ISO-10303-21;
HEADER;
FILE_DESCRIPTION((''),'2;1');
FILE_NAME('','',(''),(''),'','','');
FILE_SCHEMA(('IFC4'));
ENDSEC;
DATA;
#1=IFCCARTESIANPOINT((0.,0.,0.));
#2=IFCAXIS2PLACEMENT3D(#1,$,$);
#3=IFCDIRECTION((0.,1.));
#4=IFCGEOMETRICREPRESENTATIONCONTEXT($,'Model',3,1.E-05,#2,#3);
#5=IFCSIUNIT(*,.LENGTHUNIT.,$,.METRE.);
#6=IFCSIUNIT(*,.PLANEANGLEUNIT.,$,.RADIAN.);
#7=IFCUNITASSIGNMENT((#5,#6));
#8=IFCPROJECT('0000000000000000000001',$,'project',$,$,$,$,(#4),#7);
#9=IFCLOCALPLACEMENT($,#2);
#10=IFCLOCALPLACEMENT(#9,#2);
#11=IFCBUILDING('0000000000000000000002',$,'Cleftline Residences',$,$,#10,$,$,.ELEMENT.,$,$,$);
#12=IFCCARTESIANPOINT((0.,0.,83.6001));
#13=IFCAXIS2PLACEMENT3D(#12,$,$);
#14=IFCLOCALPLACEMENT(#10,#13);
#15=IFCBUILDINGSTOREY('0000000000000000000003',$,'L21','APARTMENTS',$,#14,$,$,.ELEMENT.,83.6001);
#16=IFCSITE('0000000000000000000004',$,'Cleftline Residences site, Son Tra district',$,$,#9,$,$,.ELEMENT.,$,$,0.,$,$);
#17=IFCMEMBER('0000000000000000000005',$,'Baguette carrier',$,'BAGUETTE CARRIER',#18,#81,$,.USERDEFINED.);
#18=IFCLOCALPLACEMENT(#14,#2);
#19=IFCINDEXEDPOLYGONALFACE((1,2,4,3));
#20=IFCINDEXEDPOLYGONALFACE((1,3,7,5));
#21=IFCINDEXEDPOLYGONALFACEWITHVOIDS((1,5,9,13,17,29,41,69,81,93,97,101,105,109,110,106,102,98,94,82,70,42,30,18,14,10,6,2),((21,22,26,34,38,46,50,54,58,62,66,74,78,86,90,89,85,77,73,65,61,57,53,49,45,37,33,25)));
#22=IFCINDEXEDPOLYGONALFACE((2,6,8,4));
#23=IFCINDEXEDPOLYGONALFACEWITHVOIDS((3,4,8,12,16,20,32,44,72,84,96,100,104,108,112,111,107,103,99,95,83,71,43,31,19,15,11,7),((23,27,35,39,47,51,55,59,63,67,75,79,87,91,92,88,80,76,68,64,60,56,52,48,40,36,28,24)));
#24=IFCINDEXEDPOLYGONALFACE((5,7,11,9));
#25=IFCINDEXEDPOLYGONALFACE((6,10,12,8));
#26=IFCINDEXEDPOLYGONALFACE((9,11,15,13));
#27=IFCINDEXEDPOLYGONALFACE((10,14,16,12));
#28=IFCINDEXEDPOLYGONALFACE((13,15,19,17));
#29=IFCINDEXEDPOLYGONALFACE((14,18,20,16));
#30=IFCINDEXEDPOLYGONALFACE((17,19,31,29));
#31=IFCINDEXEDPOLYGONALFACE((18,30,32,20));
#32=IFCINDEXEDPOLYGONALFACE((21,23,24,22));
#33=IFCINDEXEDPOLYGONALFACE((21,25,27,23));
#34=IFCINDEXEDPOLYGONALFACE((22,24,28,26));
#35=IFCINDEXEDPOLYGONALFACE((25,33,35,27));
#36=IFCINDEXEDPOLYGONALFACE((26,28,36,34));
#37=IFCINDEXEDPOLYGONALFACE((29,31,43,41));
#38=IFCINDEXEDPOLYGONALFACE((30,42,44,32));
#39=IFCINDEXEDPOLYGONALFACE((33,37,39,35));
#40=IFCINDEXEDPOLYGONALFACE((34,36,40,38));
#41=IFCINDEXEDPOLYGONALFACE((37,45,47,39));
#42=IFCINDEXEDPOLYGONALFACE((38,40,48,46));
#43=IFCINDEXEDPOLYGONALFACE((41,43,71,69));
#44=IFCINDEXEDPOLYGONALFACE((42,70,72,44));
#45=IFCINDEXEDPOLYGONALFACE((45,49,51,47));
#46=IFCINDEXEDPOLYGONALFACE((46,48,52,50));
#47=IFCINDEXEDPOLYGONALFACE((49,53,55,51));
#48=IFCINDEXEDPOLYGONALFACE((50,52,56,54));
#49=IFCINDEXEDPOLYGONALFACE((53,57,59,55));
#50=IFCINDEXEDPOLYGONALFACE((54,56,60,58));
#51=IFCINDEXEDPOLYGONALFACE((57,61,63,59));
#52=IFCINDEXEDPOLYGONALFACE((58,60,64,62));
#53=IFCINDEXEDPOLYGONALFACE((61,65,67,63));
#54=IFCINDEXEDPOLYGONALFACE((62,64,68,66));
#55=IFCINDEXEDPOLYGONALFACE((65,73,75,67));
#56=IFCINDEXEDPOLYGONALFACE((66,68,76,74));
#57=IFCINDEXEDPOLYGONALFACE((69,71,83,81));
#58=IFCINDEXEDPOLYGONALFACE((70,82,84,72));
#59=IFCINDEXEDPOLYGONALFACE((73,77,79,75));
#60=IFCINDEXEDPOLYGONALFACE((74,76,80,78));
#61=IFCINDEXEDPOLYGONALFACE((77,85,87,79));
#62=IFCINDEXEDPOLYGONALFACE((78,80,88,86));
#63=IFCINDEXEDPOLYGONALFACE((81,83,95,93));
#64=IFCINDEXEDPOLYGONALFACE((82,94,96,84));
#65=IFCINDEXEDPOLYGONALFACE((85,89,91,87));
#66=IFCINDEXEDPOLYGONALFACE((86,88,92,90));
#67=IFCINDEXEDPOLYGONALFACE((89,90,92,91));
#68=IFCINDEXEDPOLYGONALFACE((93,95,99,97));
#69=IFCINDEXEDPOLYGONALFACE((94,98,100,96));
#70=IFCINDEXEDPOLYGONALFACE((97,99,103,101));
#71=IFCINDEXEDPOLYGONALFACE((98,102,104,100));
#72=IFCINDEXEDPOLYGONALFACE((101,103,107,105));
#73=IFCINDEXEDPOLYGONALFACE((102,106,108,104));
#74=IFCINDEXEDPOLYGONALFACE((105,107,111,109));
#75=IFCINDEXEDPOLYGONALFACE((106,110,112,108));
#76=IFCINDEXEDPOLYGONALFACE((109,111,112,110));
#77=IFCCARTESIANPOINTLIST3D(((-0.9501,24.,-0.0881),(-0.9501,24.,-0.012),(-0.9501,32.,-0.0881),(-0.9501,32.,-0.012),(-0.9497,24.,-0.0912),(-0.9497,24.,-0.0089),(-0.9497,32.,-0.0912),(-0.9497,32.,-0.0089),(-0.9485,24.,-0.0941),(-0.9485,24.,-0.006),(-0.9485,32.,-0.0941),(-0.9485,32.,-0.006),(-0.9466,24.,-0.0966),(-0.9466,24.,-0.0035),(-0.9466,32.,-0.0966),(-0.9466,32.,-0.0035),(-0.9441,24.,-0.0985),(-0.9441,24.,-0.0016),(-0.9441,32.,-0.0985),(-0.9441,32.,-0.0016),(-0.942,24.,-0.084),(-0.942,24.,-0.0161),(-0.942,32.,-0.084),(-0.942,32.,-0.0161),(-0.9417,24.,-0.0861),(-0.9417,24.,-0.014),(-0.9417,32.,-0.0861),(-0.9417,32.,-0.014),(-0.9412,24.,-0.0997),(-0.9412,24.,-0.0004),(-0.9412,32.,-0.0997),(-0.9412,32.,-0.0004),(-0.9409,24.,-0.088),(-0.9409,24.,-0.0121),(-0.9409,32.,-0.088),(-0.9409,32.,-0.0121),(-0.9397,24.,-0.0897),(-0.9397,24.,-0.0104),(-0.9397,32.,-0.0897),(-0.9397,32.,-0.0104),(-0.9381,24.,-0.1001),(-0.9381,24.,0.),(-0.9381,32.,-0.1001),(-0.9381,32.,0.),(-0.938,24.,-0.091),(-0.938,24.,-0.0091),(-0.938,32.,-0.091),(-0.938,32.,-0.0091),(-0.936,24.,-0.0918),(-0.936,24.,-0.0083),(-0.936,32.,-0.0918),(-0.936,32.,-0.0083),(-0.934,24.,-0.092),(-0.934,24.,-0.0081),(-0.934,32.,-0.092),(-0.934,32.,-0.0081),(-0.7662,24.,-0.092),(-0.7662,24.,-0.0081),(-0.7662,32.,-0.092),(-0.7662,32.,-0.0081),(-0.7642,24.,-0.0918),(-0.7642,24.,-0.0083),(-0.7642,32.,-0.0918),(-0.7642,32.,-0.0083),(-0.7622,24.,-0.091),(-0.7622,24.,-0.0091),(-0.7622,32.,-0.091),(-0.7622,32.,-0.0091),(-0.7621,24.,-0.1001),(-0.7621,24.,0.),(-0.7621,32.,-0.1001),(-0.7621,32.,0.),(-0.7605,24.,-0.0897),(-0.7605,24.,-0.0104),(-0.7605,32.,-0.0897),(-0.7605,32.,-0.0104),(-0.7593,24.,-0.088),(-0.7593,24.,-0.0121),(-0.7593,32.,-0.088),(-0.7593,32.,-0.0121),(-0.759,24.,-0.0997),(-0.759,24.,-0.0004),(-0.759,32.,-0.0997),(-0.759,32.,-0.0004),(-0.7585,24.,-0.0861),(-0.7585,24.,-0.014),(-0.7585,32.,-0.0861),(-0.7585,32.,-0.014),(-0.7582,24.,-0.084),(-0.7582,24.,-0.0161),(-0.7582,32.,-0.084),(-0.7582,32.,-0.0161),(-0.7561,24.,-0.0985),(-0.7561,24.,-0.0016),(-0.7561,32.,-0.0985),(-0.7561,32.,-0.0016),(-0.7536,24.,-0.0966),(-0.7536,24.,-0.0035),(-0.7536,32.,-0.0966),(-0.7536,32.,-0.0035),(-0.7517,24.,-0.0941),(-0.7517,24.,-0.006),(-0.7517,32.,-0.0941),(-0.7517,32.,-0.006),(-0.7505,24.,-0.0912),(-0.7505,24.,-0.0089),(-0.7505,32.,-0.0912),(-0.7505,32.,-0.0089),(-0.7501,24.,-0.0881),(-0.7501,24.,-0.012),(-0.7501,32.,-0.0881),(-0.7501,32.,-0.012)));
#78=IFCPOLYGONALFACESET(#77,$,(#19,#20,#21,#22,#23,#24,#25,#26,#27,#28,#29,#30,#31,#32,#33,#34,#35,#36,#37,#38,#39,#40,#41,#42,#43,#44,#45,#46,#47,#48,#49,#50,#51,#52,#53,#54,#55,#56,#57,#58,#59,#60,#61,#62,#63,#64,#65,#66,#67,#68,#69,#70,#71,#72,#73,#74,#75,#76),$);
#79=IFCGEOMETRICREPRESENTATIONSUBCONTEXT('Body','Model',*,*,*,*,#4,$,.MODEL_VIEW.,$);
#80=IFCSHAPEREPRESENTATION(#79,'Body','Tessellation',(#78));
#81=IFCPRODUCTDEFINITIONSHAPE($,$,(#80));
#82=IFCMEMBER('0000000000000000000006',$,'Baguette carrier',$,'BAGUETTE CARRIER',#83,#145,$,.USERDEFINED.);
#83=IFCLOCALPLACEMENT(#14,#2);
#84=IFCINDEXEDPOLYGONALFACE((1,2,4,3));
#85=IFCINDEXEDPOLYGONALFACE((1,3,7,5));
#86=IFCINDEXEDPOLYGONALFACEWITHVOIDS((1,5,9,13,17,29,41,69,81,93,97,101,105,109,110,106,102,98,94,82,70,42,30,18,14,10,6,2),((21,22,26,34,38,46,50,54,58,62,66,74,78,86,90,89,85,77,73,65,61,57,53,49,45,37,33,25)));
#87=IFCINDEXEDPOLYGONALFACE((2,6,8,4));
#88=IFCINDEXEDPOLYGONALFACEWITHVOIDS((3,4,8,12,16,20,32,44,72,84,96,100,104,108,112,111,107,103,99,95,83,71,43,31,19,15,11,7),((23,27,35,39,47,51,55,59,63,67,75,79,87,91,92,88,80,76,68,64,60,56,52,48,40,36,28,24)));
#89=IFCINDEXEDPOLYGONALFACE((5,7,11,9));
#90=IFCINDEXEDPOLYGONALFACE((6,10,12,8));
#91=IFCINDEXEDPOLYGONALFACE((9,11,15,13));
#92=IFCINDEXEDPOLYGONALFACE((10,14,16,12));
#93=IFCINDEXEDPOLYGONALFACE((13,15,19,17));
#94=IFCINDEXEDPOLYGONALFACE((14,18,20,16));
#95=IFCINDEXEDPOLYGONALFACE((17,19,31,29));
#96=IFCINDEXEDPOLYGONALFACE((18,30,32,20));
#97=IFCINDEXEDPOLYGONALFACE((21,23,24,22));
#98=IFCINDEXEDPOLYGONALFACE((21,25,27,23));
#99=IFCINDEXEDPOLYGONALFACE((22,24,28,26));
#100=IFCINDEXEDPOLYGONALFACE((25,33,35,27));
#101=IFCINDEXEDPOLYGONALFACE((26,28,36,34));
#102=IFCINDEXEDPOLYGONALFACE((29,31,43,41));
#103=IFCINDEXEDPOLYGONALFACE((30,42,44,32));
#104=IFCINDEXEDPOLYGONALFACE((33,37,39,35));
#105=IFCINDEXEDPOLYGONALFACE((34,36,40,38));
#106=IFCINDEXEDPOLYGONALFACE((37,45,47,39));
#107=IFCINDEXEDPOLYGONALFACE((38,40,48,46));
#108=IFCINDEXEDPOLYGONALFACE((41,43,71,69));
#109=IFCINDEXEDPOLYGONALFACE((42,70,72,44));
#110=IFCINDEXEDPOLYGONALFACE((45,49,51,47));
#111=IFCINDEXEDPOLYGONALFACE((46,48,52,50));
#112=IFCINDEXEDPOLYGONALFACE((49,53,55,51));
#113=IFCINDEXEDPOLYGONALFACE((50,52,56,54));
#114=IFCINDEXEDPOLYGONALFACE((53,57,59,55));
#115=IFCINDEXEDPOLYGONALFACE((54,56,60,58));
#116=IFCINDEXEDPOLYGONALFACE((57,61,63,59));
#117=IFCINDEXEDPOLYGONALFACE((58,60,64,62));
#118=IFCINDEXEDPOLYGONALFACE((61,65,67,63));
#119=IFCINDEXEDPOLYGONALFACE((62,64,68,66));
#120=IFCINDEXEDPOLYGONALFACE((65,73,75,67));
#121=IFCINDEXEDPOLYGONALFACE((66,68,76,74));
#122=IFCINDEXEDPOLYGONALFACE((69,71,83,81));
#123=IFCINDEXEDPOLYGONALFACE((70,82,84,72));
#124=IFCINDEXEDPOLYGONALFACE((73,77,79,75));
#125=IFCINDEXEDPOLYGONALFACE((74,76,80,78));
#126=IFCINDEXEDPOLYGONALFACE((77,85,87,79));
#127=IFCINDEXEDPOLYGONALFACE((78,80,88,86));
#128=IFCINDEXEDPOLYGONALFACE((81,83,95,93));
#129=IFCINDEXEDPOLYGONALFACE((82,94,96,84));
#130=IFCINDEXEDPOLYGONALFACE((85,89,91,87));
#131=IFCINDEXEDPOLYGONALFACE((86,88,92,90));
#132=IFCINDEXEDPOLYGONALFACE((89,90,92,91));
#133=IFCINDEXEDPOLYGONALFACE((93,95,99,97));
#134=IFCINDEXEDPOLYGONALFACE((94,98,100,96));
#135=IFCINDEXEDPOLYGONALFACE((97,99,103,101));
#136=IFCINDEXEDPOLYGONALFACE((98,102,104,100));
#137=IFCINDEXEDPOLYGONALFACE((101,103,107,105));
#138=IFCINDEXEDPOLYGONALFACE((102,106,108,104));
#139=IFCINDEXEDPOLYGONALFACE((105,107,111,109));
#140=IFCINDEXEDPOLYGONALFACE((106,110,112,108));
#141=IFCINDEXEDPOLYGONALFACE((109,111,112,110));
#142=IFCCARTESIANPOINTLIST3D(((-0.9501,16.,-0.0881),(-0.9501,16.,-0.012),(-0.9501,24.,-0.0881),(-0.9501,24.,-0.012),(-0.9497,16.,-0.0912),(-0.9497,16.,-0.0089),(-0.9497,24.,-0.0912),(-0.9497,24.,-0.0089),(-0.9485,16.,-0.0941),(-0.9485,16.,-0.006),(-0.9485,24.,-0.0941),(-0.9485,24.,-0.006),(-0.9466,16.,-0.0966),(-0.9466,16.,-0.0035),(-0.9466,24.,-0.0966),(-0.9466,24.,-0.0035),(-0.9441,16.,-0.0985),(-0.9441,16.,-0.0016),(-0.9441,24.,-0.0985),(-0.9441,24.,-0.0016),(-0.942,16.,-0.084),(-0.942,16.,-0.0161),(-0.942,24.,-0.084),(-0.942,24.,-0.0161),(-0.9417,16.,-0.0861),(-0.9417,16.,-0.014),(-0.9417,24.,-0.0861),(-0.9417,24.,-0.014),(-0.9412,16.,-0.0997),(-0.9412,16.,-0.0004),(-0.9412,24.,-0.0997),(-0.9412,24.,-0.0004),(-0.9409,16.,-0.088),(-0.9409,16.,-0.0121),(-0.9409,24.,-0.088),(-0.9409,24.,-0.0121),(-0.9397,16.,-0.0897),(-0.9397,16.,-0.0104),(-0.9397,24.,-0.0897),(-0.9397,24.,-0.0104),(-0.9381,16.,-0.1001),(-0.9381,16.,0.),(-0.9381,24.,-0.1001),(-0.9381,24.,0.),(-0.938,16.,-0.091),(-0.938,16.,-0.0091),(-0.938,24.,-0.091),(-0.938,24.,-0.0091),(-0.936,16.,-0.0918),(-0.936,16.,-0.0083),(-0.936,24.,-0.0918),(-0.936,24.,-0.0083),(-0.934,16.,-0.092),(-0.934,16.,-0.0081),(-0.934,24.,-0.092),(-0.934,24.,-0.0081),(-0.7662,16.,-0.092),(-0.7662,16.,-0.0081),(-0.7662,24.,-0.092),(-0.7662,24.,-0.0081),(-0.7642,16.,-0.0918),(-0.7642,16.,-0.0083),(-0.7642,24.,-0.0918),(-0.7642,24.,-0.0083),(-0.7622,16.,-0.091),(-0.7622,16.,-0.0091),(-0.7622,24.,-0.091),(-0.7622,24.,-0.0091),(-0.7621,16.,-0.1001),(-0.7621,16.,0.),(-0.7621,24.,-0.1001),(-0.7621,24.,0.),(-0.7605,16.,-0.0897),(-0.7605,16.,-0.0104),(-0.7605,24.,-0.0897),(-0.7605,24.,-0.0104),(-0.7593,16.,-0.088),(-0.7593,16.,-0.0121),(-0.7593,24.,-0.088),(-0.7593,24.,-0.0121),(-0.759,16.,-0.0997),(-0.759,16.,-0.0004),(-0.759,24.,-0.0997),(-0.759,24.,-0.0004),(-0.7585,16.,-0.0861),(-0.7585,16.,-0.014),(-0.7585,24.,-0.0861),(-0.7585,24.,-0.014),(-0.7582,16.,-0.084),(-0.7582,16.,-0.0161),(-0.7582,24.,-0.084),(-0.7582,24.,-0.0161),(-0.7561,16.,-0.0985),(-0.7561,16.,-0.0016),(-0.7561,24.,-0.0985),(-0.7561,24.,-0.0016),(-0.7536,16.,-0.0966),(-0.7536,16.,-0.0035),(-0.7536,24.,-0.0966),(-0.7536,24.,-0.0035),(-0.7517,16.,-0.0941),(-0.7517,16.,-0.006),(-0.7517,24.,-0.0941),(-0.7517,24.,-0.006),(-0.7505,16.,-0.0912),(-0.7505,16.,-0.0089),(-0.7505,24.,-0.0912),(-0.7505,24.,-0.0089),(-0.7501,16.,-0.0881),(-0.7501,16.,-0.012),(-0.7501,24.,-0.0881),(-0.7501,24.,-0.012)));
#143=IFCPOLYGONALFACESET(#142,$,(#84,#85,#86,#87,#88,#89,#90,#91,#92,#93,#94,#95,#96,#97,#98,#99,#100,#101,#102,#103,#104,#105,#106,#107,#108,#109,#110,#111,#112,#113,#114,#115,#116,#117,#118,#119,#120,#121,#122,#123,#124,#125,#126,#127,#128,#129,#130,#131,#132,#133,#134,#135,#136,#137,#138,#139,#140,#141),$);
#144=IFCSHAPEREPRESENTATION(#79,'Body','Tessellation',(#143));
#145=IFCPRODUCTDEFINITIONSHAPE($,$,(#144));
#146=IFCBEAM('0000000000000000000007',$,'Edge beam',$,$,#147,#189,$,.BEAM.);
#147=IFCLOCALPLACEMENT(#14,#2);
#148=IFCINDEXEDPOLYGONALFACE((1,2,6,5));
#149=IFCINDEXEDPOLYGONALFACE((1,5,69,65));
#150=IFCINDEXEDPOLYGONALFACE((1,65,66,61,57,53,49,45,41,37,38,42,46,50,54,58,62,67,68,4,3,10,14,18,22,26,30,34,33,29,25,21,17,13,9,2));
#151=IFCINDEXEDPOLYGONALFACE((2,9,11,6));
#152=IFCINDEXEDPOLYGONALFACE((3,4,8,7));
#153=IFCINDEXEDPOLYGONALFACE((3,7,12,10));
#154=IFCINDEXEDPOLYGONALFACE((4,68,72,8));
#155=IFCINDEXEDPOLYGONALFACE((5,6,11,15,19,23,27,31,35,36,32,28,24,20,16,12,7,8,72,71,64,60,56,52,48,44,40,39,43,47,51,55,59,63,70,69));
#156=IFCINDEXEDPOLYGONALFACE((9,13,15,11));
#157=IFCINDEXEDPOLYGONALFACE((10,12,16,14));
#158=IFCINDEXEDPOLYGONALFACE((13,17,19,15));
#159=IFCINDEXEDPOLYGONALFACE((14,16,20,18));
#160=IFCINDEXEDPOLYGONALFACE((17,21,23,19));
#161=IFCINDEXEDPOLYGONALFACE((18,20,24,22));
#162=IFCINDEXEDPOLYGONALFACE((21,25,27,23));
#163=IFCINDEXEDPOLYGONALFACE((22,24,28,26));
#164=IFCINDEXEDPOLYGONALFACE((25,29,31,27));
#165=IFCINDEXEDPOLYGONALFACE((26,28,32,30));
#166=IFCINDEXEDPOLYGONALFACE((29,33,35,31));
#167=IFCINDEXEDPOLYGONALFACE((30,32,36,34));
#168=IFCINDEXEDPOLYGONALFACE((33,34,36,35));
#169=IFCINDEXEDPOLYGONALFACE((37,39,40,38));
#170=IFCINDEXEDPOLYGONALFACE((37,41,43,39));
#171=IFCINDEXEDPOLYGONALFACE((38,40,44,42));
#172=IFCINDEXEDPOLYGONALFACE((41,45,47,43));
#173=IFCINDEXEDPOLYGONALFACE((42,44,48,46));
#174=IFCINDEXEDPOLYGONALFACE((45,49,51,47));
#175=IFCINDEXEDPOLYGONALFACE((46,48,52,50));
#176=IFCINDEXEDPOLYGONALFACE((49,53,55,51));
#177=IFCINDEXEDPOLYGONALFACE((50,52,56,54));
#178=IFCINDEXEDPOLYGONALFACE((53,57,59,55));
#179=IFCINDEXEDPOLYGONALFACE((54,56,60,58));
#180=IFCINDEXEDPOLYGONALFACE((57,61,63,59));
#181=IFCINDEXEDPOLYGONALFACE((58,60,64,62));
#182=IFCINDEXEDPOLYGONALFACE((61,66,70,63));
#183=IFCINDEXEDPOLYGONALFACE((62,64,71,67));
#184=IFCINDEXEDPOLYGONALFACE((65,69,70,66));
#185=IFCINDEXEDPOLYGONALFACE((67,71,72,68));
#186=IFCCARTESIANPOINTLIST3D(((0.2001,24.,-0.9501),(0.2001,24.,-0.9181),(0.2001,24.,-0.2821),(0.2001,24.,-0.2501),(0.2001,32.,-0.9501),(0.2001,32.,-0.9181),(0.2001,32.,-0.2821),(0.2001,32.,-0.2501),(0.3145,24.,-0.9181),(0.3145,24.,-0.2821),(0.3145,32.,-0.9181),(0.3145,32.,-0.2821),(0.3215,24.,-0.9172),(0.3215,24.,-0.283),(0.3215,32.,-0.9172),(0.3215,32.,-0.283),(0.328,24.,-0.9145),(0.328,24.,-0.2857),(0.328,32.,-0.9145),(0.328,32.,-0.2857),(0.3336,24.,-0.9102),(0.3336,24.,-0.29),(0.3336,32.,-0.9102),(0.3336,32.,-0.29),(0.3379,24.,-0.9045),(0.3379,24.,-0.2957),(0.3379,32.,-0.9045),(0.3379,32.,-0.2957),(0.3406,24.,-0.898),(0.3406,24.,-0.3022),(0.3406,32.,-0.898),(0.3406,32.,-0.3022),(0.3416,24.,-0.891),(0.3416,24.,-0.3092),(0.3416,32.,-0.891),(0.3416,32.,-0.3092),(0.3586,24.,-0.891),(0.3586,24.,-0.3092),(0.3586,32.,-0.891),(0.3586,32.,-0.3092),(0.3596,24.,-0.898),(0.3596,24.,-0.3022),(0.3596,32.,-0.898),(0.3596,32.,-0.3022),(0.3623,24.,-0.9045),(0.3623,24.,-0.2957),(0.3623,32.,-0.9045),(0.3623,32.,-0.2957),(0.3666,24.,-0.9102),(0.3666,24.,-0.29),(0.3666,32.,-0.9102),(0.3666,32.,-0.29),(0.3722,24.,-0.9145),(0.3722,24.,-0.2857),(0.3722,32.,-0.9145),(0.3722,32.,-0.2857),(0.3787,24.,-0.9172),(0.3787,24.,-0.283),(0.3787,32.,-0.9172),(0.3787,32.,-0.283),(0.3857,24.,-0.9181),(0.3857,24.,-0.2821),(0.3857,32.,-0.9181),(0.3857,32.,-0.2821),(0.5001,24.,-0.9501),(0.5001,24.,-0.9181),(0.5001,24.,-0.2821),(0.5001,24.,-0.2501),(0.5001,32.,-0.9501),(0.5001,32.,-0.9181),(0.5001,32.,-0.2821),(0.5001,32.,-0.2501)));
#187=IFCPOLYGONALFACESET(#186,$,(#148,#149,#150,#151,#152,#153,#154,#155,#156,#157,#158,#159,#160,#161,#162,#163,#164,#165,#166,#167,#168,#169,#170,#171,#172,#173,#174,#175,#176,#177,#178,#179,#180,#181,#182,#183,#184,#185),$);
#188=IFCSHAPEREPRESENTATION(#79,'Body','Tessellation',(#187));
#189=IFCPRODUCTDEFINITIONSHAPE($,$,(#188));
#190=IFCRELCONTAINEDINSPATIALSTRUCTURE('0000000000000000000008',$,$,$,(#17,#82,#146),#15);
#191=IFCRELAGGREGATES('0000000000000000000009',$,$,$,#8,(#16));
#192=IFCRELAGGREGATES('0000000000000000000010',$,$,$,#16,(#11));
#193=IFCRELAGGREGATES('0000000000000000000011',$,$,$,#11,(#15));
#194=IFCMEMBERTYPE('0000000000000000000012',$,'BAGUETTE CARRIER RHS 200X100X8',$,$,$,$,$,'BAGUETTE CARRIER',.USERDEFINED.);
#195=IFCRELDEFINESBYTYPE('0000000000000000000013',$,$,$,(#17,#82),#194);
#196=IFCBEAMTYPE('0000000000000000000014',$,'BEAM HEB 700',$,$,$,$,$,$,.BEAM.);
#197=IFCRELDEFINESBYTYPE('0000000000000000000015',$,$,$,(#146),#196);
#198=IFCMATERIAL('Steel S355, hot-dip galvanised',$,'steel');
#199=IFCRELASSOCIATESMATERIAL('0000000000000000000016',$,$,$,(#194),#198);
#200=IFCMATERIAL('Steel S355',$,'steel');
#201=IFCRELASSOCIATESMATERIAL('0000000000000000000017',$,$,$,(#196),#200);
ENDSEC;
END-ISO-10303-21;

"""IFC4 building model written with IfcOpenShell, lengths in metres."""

from ifc_helpers import new_model, si_unit, direction, frame, origin, origin_2d, place, context, subcontext, project, spatial, hollow_rectangle, i_section, extrude, material, material_profile, profile_set, type_object, element, save


model = new_model("IFC4")

# Units and contexts
model_context = context("Model", 3, precision=1e-05, world=origin(), true_north=direction((0.0, 1.0)))
body_context = subcontext(model_context, "Body", "Model", "MODEL_VIEW")
ifc_project = project(units=[si_unit("LENGTHUNIT", "METRE"), si_unit("PLANEANGLEUNIT", "RADIAN")], contexts=[model_context])

# Site, building, storey
site_placement = place(None, origin())
site = spatial("IfcSite", under=ifc_project, at=site_placement, Name="Cleftline Residences site, Son Tra district", CompositionType="ELEMENT", RefElevation=0.0)
building_placement = place(site_placement, origin())
building = spatial("IfcBuilding", under=site, at=building_placement, Name="Cleftline Residences", CompositionType="ELEMENT")
storey_placement = place(building_placement, frame((0.0, 0.0, 83.6001)))
storey = spatial("IfcBuildingStorey", under=building, at=storey_placement, Name="L21", Description="APARTMENTS", CompositionType="ELEMENT", Elevation=83.6001)

# Members
ifc_material_1 = material(Name="Steel S355, hot-dip galvanised", Category="steel")
ifc_material_profile_1 = material_profile(ifc_material_1, hollow_rectangle(XDim=0.1001, YDim=0.2, WallThickness=0.0081, InnerFilletRadius=0.0081, OuterFilletRadius=0.012, at=origin_2d()))
ifc_profile_set_1 = profile_set([ifc_material_profile_1], Name="Steel S355, hot-dip galvanised")
member_type_1 = type_object("IfcMemberType", Name="BAGUETTE CARRIER RHS 200X100X8", ElementType="BAGUETTE CARRIER", PredefinedType="USERDEFINED", material=ifc_profile_set_1)
for number, where, z_axis, x_axis, name in (
    (1, (-0.8501, 32.0, -0.05), (0.0, -1.0, 0.0), (0.0, 0.0, 1.0), "Baguette carrier"),
    (2, (-0.8501, 24.0, -0.05), (0.0, -1.0, 0.0), (0.0, 0.0, 1.0), "Baguette carrier"),
):
    element("IfcMember", number, at=place(storey_placement, frame(where, z_axis=z_axis, x_axis=x_axis)), inside=storey, type_object=member_type_1, Name=name, ObjectType="BAGUETTE CARRIER", PredefinedType="USERDEFINED", context=body_context, shape_type="SweptSolid", body=[
        extrude(hollow_rectangle(XDim=0.1001, YDim=0.2, WallThickness=0.0081, InnerFilletRadius=0.0081, OuterFilletRadius=0.012, at=origin_2d()), origin(), (0.0, 0.0, 1.0), 8.0),
    ])

# Beam
ifc_material_2 = material(Name="Steel S355", Category="steel")
ifc_material_profile_2 = material_profile(ifc_material_2, i_section(OverallWidth=0.3, OverallDepth=0.7, WebThickness=0.0171, FlangeThickness=0.032, FilletRadius=0.0271, at=origin_2d()))
ifc_profile_set_2 = profile_set([ifc_material_profile_2], Name="Steel S355")
beam_type_1 = type_object("IfcBeamType", Name="BEAM HEB 700", PredefinedType="BEAM", material=ifc_profile_set_2)
for number, where, z_axis, x_axis, name in (
    (3, (0.3501, 24.0, -0.6001), (0.0, 1.0, 0.0), (-1.0, 0.0, 0.0), "Edge beam"),
):
    element("IfcBeam", number, at=place(storey_placement, frame(where, z_axis=z_axis, x_axis=x_axis)), inside=storey, type_object=beam_type_1, Name=name, PredefinedType="BEAM", context=body_context, shape_type="SweptSolid", body=[
        extrude(i_section(OverallWidth=0.3, OverallDepth=0.7, WebThickness=0.0171, FlangeThickness=0.032, FilletRadius=0.0271, at=origin_2d()), origin(), (0.0, 0.0, 1.0), 8.0),
    ])

save(model, "model.ifc")
